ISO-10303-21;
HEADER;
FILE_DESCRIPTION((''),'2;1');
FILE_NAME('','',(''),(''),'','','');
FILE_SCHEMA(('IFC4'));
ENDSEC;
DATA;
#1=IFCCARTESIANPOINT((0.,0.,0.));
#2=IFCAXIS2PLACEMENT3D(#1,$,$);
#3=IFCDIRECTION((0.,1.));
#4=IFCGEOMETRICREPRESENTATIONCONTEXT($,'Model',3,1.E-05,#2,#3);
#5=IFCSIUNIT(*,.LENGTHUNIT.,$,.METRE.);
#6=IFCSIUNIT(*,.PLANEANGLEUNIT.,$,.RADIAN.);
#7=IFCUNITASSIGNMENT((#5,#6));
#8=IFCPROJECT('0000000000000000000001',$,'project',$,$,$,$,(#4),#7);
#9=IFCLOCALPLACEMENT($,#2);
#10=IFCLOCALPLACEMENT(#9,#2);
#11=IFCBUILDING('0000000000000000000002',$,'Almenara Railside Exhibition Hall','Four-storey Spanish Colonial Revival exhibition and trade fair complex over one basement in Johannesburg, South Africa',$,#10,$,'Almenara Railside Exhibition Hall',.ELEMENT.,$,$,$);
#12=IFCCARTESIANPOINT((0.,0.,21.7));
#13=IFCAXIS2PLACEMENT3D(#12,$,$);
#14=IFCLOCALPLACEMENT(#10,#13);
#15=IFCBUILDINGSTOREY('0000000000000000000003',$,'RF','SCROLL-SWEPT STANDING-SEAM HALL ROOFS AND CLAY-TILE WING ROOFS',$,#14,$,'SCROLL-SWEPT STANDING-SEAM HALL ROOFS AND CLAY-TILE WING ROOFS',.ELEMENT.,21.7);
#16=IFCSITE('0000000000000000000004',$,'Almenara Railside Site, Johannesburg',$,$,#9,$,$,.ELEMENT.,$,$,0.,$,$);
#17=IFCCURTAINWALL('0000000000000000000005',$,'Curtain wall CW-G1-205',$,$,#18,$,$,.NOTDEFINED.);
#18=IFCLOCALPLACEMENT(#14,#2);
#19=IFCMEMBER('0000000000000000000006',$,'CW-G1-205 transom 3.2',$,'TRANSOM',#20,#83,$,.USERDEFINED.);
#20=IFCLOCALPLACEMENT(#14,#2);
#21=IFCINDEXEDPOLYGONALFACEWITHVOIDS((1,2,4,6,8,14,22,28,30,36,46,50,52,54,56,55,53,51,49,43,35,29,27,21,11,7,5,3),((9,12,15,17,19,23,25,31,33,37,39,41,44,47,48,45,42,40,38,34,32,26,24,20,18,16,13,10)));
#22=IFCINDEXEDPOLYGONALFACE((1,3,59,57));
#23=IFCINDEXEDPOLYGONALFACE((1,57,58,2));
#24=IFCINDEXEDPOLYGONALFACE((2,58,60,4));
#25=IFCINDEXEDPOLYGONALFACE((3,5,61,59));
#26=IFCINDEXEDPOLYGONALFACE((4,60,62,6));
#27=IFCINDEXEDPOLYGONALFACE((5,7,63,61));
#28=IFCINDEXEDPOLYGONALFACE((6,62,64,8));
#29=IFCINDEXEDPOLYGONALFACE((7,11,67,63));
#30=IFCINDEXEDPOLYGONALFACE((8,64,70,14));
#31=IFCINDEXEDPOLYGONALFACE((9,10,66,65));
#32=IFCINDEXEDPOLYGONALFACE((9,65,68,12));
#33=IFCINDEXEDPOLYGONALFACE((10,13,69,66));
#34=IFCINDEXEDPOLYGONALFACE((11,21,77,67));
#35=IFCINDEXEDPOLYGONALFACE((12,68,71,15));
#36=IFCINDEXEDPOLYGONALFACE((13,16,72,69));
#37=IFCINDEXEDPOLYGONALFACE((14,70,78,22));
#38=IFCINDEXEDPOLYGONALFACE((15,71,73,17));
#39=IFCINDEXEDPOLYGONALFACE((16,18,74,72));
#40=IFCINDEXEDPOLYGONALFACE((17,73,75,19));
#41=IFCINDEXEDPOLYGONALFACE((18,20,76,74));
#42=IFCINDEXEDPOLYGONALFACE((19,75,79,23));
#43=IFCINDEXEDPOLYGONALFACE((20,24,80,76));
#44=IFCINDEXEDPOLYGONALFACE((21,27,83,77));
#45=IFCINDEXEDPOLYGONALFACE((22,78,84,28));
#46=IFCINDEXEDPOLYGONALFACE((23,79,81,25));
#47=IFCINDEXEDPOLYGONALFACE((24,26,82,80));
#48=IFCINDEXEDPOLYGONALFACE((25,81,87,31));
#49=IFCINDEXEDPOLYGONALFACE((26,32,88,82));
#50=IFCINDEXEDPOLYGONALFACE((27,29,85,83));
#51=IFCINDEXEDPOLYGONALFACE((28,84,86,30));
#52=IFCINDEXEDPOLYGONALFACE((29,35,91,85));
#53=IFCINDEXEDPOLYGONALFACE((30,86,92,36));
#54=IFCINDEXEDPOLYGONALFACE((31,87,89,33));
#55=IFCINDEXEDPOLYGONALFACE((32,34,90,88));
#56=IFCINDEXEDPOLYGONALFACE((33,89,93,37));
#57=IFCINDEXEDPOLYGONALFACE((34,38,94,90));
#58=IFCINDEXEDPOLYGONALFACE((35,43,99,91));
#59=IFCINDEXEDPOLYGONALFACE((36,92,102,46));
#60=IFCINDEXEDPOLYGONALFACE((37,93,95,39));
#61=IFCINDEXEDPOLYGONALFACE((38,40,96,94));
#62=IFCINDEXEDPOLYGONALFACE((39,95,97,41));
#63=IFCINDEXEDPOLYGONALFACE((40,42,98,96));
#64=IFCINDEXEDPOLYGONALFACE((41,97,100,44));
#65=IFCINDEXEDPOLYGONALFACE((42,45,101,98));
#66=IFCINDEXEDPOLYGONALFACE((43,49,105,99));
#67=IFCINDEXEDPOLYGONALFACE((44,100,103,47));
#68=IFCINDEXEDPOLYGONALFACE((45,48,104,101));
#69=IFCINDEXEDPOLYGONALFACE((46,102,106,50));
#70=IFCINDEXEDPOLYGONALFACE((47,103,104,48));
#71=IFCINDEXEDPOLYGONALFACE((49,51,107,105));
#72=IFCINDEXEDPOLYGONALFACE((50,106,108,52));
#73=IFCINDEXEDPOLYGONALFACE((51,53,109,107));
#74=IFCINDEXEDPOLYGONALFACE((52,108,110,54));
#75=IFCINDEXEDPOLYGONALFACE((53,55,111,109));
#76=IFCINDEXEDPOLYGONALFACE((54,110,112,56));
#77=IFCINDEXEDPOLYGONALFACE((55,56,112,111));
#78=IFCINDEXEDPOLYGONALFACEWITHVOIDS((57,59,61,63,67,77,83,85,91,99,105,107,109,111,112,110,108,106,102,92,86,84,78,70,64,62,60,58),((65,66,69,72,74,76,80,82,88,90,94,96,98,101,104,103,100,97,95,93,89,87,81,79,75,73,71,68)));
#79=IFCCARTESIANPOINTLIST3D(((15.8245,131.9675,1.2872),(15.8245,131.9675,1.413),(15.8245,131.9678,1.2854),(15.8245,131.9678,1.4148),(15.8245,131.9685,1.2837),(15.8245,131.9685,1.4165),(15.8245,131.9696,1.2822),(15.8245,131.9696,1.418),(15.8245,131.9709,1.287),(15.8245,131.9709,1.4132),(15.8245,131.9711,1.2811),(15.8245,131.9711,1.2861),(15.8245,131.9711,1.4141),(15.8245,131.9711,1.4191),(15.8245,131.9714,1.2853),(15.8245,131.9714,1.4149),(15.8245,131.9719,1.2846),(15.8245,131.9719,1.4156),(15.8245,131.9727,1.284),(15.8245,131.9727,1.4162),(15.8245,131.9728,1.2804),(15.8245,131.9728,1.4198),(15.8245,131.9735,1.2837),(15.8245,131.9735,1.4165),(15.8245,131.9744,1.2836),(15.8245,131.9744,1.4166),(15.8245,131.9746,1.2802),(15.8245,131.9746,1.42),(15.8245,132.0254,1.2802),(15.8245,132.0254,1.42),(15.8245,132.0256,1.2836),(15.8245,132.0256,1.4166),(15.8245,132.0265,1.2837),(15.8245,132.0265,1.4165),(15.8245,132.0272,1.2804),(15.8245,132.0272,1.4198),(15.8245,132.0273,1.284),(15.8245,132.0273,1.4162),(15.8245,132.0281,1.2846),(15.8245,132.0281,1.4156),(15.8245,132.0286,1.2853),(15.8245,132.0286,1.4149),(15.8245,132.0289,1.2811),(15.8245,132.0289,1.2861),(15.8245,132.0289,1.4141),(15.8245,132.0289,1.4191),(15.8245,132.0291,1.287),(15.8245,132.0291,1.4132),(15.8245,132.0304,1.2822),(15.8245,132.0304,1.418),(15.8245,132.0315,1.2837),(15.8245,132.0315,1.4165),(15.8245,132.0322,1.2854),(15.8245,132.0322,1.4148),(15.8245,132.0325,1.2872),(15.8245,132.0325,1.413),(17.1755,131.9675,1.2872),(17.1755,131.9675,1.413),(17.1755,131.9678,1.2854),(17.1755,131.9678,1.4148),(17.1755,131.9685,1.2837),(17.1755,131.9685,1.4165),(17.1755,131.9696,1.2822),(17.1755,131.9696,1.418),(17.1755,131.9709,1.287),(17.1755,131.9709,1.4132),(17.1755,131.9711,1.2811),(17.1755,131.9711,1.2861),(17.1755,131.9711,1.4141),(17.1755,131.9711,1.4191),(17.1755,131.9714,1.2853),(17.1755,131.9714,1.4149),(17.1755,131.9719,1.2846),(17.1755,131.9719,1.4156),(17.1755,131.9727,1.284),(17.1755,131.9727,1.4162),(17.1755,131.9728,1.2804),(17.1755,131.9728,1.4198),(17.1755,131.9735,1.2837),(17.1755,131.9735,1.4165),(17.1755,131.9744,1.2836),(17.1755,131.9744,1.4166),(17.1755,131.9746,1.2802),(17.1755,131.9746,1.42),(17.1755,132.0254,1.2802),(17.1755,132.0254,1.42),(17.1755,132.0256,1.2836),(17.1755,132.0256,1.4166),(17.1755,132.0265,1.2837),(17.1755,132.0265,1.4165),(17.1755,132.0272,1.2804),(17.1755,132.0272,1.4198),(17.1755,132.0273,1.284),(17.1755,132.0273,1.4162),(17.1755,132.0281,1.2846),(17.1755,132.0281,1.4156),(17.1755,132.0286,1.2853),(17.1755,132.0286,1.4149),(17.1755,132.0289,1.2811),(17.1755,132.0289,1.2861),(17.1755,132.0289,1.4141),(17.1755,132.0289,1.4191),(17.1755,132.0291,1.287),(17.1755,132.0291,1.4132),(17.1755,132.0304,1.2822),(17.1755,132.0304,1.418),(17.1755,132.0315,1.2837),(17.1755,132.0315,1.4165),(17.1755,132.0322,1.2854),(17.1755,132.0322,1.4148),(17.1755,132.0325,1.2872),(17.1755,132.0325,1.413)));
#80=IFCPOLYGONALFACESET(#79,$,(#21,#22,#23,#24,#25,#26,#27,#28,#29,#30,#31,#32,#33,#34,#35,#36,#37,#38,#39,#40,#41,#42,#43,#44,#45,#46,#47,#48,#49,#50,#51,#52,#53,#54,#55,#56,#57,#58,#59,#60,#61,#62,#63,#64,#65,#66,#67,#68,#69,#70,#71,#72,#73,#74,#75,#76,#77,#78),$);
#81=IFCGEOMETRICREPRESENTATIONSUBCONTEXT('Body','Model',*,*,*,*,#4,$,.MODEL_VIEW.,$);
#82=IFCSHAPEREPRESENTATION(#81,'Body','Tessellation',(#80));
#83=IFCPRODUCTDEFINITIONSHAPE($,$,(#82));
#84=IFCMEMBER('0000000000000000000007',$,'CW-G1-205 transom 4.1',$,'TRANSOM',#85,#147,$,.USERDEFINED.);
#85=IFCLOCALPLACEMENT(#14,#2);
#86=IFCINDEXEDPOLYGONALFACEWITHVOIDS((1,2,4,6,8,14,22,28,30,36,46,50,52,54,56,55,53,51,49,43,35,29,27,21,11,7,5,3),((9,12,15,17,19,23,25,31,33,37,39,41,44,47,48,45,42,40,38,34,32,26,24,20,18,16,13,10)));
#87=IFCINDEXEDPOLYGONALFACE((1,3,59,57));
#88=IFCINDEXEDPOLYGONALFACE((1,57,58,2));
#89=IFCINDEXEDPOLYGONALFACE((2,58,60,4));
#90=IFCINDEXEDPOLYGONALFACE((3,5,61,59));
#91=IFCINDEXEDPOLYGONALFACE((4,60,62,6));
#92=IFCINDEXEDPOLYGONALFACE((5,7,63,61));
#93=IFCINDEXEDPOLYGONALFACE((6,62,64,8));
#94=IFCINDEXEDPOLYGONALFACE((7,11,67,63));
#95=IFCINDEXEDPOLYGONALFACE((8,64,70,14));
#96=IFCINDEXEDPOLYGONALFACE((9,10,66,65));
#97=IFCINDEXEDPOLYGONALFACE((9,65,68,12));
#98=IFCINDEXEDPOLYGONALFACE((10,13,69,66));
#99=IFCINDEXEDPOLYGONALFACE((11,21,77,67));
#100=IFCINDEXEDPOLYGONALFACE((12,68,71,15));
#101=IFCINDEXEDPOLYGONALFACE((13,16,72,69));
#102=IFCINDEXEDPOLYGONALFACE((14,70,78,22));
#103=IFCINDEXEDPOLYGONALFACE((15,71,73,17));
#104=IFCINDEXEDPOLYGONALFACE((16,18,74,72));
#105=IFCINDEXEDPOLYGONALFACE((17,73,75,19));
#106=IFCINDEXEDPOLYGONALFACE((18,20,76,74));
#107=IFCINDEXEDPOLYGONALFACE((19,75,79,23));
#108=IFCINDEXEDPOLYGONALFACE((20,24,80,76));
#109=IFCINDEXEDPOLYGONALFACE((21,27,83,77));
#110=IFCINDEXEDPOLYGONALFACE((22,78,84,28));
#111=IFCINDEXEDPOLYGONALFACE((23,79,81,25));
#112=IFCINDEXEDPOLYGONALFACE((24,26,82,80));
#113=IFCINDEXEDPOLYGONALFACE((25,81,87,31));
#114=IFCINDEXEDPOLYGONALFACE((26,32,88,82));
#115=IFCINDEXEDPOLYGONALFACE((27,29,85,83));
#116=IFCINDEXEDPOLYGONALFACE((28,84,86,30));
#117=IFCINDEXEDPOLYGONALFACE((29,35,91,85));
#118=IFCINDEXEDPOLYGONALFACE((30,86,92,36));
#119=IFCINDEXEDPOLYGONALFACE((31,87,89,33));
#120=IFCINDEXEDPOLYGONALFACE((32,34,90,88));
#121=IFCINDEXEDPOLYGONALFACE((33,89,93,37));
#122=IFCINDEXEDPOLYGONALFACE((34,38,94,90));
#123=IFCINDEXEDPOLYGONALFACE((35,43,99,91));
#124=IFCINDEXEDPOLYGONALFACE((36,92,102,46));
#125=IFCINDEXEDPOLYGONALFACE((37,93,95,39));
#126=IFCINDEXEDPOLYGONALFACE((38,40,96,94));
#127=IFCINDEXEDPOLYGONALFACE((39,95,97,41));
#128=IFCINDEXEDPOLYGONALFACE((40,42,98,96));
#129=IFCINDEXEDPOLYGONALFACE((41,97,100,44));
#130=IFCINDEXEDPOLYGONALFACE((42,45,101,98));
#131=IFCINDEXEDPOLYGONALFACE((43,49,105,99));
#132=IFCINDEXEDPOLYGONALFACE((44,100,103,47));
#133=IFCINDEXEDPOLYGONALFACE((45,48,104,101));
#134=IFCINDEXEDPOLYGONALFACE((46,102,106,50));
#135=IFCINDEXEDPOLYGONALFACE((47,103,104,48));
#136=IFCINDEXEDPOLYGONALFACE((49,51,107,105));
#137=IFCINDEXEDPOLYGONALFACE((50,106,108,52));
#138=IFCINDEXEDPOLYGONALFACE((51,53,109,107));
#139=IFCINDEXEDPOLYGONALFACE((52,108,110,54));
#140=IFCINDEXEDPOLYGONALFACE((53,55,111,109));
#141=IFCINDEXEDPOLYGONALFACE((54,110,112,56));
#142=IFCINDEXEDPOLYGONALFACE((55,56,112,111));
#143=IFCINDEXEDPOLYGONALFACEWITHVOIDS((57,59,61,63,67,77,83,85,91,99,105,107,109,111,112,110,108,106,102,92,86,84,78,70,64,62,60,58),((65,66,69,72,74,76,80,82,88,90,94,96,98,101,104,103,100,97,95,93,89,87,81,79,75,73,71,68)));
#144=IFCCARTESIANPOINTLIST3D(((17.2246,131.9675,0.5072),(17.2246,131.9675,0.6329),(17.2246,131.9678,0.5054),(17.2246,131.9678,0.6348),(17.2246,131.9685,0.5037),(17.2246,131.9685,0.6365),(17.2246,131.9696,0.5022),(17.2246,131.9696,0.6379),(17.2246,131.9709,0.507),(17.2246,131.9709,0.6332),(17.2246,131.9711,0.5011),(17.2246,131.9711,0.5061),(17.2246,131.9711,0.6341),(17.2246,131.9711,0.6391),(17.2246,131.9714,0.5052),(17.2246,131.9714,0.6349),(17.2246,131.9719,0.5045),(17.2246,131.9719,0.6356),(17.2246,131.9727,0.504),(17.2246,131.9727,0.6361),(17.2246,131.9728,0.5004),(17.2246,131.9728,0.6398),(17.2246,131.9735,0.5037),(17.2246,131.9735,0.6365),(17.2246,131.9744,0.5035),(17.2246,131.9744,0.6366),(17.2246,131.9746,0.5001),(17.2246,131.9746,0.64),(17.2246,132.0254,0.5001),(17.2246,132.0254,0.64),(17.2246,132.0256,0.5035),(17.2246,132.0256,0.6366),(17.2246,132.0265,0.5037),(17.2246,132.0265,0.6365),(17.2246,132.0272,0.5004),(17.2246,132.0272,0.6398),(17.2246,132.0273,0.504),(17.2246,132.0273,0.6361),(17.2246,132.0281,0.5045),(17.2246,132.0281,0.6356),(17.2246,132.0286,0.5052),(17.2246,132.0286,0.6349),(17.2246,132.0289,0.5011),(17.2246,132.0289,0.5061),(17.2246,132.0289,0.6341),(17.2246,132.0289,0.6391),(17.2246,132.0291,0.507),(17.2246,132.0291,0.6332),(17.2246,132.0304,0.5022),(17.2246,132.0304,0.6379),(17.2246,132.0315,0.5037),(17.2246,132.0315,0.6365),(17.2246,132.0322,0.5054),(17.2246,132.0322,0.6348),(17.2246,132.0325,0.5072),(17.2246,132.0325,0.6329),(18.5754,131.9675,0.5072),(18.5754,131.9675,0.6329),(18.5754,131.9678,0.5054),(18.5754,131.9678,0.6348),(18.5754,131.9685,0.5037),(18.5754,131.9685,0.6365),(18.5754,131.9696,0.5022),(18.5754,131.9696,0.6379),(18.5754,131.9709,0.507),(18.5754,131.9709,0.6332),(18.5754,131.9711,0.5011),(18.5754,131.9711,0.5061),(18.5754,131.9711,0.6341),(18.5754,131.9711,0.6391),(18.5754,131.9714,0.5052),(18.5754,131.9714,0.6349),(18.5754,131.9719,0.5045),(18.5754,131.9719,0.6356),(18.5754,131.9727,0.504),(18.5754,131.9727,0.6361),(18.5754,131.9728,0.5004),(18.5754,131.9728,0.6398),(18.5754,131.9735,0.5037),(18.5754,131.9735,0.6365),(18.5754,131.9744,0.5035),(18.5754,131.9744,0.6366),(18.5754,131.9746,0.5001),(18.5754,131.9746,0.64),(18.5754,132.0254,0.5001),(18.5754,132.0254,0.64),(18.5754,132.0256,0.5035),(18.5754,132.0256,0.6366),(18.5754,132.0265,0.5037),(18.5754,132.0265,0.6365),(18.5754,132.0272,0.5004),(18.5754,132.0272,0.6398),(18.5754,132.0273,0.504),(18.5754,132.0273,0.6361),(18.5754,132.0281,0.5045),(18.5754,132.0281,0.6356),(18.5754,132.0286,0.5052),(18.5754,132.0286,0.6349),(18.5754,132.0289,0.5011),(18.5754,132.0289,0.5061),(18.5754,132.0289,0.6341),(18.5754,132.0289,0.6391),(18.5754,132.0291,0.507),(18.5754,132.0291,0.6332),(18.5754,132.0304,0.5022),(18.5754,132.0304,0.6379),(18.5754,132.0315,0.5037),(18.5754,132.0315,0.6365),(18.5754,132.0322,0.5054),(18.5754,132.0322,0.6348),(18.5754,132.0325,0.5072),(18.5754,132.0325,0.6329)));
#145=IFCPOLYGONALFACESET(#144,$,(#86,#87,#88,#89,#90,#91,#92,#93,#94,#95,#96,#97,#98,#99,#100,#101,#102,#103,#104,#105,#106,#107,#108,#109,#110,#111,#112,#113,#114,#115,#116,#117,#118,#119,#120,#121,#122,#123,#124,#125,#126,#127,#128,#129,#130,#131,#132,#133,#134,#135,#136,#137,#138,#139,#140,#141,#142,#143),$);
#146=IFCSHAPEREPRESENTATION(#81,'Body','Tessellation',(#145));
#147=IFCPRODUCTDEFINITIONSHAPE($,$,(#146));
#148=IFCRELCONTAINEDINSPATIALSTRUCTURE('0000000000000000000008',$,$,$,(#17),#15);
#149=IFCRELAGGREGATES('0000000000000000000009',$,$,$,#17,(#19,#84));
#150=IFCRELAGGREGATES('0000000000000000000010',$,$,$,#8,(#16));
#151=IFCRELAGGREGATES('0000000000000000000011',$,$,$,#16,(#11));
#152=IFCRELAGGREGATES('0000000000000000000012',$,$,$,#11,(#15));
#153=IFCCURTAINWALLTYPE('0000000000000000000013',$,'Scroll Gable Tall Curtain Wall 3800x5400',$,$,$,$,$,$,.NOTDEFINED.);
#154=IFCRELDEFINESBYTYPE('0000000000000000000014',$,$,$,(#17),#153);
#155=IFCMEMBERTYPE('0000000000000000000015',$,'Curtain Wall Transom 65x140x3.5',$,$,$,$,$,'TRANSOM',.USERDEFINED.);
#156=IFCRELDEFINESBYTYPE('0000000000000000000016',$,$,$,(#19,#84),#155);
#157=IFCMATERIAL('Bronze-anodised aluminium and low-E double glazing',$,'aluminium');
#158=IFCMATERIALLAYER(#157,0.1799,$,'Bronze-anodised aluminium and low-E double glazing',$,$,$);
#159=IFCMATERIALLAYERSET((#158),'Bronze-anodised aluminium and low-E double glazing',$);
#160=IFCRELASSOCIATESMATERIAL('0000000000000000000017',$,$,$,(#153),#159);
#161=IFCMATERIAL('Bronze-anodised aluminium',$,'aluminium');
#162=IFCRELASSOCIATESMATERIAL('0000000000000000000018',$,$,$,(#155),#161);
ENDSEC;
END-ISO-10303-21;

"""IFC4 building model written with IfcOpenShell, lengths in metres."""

from ifc_helpers import new_model, si_unit, direction, frame, origin, origin_2d, place, context, subcontext, project, spatial, hollow_rectangle, extrude, material, layer, layer_set, material_profile, profile_set, type_object, element, aggregate, save


model = new_model("IFC4")

# Units and contexts
model_context = context("Model", 3, precision=1e-05, world=origin(), true_north=direction((0.0, 1.0)))
body_context = subcontext(model_context, "Body", "Model", "MODEL_VIEW")
ifc_project = project(units=[si_unit("LENGTHUNIT", "METRE"), si_unit("PLANEANGLEUNIT", "RADIAN")], contexts=[model_context])

# Site, building, storey
site_placement = place(None, origin())
site = spatial("IfcSite", under=ifc_project, at=site_placement, Name="Almenara Railside Site, Johannesburg", CompositionType="ELEMENT", RefElevation=0.0)
building_placement = place(site_placement, origin())
building = spatial("IfcBuilding", under=site, at=building_placement, Name="Almenara Railside Exhibition Hall", Description="Four-storey Spanish Colonial Revival exhibition and trade fair complex over one basement in Johannesburg, South Africa", LongName="Almenara Railside Exhibition Hall", CompositionType="ELEMENT")
storey_placement = place(building_placement, frame((0.0, 0.0, 21.7)))
storey = spatial("IfcBuildingStorey", under=building, at=storey_placement, Name="RF", Description="SCROLL-SWEPT STANDING-SEAM HALL ROOFS AND CLAY-TILE WING ROOFS", LongName="SCROLL-SWEPT STANDING-SEAM HALL ROOFS AND CLAY-TILE WING ROOFS", CompositionType="ELEMENT", Elevation=21.7)

# Curtain wall
ifc_material_1 = material(Name="Bronze-anodised aluminium and low-E double glazing", Category="aluminium")
ifc_material_2 = material(Name="Bronze-anodised aluminium", Category="aluminium")
ifc_layer_1 = layer(ifc_material_1, 0.1799, Name="Bronze-anodised aluminium and low-E double glazing")
ifc_layer_set_1 = layer_set([ifc_layer_1], Name="Bronze-anodised aluminium and low-E double glazing")
curtain_wall_type_1 = type_object("IfcCurtainWallType", Name="Scroll Gable Tall Curtain Wall 3800x5400", PredefinedType="NOTDEFINED", material=ifc_layer_set_1)
curtain_wall_1_placement = place(storey_placement, origin())
curtain_wall_1 = element("IfcCurtainWall", 1, at=curtain_wall_1_placement, inside=storey, type_object=curtain_wall_type_1, Name="Curtain wall CW-G1-205", PredefinedType="NOTDEFINED")

# Members
ifc_material_profile_1 = material_profile(ifc_material_2, hollow_rectangle(XDim=0.0649, YDim=0.1399, WallThickness=0.0034, InnerFilletRadius=0.0034, OuterFilletRadius=0.0071, at=origin_2d()), Name="ALU-TRN 65x140x3.5")
ifc_profile_set_1 = profile_set([ifc_material_profile_1], Name="Bronze-anodised aluminium")
member_type_1 = type_object("IfcMemberType", Name="Curtain Wall Transom 65x140x3.5", ElementType="TRANSOM", PredefinedType="USERDEFINED", material=ifc_profile_set_1)
member_1_placement = place(storey_placement, frame((15.8245, 132.0, 1.3501), z_axis=(1.0, 0.0, 0.0), x_axis=(0.0, 1.0, 0.0)))
member_1 = element("IfcMember", 2, at=member_1_placement, type_object=member_type_1, Name="CW-G1-205 transom 3.2", ObjectType="TRANSOM", PredefinedType="USERDEFINED", context=body_context, shape_type="SweptSolid", body=[
    extrude(hollow_rectangle(XDim=0.0649, YDim=0.1399, WallThickness=0.0034, InnerFilletRadius=0.0034, OuterFilletRadius=0.0071, at=origin_2d()), origin(), (0.0, 0.0, 1.0), 1.3511),
])
member_2_placement = place(storey_placement, frame((17.2246, 132.0, 0.5701), z_axis=(1.0, 0.0, 0.0), x_axis=(0.0, 1.0, 0.0)))
member_2 = element("IfcMember", 3, at=member_2_placement, type_object=member_type_1, Name="CW-G1-205 transom 4.1", ObjectType="TRANSOM", PredefinedType="USERDEFINED", context=body_context, shape_type="SweptSolid", body=[
    extrude(hollow_rectangle(XDim=0.0649, YDim=0.1399, WallThickness=0.0034, InnerFilletRadius=0.0034, OuterFilletRadius=0.0071, at=origin_2d()), origin(), (0.0, 0.0, 1.0), 1.3508),
])

aggregate(curtain_wall_1, [member_1, member_2])

save(model, "model.ifc")
